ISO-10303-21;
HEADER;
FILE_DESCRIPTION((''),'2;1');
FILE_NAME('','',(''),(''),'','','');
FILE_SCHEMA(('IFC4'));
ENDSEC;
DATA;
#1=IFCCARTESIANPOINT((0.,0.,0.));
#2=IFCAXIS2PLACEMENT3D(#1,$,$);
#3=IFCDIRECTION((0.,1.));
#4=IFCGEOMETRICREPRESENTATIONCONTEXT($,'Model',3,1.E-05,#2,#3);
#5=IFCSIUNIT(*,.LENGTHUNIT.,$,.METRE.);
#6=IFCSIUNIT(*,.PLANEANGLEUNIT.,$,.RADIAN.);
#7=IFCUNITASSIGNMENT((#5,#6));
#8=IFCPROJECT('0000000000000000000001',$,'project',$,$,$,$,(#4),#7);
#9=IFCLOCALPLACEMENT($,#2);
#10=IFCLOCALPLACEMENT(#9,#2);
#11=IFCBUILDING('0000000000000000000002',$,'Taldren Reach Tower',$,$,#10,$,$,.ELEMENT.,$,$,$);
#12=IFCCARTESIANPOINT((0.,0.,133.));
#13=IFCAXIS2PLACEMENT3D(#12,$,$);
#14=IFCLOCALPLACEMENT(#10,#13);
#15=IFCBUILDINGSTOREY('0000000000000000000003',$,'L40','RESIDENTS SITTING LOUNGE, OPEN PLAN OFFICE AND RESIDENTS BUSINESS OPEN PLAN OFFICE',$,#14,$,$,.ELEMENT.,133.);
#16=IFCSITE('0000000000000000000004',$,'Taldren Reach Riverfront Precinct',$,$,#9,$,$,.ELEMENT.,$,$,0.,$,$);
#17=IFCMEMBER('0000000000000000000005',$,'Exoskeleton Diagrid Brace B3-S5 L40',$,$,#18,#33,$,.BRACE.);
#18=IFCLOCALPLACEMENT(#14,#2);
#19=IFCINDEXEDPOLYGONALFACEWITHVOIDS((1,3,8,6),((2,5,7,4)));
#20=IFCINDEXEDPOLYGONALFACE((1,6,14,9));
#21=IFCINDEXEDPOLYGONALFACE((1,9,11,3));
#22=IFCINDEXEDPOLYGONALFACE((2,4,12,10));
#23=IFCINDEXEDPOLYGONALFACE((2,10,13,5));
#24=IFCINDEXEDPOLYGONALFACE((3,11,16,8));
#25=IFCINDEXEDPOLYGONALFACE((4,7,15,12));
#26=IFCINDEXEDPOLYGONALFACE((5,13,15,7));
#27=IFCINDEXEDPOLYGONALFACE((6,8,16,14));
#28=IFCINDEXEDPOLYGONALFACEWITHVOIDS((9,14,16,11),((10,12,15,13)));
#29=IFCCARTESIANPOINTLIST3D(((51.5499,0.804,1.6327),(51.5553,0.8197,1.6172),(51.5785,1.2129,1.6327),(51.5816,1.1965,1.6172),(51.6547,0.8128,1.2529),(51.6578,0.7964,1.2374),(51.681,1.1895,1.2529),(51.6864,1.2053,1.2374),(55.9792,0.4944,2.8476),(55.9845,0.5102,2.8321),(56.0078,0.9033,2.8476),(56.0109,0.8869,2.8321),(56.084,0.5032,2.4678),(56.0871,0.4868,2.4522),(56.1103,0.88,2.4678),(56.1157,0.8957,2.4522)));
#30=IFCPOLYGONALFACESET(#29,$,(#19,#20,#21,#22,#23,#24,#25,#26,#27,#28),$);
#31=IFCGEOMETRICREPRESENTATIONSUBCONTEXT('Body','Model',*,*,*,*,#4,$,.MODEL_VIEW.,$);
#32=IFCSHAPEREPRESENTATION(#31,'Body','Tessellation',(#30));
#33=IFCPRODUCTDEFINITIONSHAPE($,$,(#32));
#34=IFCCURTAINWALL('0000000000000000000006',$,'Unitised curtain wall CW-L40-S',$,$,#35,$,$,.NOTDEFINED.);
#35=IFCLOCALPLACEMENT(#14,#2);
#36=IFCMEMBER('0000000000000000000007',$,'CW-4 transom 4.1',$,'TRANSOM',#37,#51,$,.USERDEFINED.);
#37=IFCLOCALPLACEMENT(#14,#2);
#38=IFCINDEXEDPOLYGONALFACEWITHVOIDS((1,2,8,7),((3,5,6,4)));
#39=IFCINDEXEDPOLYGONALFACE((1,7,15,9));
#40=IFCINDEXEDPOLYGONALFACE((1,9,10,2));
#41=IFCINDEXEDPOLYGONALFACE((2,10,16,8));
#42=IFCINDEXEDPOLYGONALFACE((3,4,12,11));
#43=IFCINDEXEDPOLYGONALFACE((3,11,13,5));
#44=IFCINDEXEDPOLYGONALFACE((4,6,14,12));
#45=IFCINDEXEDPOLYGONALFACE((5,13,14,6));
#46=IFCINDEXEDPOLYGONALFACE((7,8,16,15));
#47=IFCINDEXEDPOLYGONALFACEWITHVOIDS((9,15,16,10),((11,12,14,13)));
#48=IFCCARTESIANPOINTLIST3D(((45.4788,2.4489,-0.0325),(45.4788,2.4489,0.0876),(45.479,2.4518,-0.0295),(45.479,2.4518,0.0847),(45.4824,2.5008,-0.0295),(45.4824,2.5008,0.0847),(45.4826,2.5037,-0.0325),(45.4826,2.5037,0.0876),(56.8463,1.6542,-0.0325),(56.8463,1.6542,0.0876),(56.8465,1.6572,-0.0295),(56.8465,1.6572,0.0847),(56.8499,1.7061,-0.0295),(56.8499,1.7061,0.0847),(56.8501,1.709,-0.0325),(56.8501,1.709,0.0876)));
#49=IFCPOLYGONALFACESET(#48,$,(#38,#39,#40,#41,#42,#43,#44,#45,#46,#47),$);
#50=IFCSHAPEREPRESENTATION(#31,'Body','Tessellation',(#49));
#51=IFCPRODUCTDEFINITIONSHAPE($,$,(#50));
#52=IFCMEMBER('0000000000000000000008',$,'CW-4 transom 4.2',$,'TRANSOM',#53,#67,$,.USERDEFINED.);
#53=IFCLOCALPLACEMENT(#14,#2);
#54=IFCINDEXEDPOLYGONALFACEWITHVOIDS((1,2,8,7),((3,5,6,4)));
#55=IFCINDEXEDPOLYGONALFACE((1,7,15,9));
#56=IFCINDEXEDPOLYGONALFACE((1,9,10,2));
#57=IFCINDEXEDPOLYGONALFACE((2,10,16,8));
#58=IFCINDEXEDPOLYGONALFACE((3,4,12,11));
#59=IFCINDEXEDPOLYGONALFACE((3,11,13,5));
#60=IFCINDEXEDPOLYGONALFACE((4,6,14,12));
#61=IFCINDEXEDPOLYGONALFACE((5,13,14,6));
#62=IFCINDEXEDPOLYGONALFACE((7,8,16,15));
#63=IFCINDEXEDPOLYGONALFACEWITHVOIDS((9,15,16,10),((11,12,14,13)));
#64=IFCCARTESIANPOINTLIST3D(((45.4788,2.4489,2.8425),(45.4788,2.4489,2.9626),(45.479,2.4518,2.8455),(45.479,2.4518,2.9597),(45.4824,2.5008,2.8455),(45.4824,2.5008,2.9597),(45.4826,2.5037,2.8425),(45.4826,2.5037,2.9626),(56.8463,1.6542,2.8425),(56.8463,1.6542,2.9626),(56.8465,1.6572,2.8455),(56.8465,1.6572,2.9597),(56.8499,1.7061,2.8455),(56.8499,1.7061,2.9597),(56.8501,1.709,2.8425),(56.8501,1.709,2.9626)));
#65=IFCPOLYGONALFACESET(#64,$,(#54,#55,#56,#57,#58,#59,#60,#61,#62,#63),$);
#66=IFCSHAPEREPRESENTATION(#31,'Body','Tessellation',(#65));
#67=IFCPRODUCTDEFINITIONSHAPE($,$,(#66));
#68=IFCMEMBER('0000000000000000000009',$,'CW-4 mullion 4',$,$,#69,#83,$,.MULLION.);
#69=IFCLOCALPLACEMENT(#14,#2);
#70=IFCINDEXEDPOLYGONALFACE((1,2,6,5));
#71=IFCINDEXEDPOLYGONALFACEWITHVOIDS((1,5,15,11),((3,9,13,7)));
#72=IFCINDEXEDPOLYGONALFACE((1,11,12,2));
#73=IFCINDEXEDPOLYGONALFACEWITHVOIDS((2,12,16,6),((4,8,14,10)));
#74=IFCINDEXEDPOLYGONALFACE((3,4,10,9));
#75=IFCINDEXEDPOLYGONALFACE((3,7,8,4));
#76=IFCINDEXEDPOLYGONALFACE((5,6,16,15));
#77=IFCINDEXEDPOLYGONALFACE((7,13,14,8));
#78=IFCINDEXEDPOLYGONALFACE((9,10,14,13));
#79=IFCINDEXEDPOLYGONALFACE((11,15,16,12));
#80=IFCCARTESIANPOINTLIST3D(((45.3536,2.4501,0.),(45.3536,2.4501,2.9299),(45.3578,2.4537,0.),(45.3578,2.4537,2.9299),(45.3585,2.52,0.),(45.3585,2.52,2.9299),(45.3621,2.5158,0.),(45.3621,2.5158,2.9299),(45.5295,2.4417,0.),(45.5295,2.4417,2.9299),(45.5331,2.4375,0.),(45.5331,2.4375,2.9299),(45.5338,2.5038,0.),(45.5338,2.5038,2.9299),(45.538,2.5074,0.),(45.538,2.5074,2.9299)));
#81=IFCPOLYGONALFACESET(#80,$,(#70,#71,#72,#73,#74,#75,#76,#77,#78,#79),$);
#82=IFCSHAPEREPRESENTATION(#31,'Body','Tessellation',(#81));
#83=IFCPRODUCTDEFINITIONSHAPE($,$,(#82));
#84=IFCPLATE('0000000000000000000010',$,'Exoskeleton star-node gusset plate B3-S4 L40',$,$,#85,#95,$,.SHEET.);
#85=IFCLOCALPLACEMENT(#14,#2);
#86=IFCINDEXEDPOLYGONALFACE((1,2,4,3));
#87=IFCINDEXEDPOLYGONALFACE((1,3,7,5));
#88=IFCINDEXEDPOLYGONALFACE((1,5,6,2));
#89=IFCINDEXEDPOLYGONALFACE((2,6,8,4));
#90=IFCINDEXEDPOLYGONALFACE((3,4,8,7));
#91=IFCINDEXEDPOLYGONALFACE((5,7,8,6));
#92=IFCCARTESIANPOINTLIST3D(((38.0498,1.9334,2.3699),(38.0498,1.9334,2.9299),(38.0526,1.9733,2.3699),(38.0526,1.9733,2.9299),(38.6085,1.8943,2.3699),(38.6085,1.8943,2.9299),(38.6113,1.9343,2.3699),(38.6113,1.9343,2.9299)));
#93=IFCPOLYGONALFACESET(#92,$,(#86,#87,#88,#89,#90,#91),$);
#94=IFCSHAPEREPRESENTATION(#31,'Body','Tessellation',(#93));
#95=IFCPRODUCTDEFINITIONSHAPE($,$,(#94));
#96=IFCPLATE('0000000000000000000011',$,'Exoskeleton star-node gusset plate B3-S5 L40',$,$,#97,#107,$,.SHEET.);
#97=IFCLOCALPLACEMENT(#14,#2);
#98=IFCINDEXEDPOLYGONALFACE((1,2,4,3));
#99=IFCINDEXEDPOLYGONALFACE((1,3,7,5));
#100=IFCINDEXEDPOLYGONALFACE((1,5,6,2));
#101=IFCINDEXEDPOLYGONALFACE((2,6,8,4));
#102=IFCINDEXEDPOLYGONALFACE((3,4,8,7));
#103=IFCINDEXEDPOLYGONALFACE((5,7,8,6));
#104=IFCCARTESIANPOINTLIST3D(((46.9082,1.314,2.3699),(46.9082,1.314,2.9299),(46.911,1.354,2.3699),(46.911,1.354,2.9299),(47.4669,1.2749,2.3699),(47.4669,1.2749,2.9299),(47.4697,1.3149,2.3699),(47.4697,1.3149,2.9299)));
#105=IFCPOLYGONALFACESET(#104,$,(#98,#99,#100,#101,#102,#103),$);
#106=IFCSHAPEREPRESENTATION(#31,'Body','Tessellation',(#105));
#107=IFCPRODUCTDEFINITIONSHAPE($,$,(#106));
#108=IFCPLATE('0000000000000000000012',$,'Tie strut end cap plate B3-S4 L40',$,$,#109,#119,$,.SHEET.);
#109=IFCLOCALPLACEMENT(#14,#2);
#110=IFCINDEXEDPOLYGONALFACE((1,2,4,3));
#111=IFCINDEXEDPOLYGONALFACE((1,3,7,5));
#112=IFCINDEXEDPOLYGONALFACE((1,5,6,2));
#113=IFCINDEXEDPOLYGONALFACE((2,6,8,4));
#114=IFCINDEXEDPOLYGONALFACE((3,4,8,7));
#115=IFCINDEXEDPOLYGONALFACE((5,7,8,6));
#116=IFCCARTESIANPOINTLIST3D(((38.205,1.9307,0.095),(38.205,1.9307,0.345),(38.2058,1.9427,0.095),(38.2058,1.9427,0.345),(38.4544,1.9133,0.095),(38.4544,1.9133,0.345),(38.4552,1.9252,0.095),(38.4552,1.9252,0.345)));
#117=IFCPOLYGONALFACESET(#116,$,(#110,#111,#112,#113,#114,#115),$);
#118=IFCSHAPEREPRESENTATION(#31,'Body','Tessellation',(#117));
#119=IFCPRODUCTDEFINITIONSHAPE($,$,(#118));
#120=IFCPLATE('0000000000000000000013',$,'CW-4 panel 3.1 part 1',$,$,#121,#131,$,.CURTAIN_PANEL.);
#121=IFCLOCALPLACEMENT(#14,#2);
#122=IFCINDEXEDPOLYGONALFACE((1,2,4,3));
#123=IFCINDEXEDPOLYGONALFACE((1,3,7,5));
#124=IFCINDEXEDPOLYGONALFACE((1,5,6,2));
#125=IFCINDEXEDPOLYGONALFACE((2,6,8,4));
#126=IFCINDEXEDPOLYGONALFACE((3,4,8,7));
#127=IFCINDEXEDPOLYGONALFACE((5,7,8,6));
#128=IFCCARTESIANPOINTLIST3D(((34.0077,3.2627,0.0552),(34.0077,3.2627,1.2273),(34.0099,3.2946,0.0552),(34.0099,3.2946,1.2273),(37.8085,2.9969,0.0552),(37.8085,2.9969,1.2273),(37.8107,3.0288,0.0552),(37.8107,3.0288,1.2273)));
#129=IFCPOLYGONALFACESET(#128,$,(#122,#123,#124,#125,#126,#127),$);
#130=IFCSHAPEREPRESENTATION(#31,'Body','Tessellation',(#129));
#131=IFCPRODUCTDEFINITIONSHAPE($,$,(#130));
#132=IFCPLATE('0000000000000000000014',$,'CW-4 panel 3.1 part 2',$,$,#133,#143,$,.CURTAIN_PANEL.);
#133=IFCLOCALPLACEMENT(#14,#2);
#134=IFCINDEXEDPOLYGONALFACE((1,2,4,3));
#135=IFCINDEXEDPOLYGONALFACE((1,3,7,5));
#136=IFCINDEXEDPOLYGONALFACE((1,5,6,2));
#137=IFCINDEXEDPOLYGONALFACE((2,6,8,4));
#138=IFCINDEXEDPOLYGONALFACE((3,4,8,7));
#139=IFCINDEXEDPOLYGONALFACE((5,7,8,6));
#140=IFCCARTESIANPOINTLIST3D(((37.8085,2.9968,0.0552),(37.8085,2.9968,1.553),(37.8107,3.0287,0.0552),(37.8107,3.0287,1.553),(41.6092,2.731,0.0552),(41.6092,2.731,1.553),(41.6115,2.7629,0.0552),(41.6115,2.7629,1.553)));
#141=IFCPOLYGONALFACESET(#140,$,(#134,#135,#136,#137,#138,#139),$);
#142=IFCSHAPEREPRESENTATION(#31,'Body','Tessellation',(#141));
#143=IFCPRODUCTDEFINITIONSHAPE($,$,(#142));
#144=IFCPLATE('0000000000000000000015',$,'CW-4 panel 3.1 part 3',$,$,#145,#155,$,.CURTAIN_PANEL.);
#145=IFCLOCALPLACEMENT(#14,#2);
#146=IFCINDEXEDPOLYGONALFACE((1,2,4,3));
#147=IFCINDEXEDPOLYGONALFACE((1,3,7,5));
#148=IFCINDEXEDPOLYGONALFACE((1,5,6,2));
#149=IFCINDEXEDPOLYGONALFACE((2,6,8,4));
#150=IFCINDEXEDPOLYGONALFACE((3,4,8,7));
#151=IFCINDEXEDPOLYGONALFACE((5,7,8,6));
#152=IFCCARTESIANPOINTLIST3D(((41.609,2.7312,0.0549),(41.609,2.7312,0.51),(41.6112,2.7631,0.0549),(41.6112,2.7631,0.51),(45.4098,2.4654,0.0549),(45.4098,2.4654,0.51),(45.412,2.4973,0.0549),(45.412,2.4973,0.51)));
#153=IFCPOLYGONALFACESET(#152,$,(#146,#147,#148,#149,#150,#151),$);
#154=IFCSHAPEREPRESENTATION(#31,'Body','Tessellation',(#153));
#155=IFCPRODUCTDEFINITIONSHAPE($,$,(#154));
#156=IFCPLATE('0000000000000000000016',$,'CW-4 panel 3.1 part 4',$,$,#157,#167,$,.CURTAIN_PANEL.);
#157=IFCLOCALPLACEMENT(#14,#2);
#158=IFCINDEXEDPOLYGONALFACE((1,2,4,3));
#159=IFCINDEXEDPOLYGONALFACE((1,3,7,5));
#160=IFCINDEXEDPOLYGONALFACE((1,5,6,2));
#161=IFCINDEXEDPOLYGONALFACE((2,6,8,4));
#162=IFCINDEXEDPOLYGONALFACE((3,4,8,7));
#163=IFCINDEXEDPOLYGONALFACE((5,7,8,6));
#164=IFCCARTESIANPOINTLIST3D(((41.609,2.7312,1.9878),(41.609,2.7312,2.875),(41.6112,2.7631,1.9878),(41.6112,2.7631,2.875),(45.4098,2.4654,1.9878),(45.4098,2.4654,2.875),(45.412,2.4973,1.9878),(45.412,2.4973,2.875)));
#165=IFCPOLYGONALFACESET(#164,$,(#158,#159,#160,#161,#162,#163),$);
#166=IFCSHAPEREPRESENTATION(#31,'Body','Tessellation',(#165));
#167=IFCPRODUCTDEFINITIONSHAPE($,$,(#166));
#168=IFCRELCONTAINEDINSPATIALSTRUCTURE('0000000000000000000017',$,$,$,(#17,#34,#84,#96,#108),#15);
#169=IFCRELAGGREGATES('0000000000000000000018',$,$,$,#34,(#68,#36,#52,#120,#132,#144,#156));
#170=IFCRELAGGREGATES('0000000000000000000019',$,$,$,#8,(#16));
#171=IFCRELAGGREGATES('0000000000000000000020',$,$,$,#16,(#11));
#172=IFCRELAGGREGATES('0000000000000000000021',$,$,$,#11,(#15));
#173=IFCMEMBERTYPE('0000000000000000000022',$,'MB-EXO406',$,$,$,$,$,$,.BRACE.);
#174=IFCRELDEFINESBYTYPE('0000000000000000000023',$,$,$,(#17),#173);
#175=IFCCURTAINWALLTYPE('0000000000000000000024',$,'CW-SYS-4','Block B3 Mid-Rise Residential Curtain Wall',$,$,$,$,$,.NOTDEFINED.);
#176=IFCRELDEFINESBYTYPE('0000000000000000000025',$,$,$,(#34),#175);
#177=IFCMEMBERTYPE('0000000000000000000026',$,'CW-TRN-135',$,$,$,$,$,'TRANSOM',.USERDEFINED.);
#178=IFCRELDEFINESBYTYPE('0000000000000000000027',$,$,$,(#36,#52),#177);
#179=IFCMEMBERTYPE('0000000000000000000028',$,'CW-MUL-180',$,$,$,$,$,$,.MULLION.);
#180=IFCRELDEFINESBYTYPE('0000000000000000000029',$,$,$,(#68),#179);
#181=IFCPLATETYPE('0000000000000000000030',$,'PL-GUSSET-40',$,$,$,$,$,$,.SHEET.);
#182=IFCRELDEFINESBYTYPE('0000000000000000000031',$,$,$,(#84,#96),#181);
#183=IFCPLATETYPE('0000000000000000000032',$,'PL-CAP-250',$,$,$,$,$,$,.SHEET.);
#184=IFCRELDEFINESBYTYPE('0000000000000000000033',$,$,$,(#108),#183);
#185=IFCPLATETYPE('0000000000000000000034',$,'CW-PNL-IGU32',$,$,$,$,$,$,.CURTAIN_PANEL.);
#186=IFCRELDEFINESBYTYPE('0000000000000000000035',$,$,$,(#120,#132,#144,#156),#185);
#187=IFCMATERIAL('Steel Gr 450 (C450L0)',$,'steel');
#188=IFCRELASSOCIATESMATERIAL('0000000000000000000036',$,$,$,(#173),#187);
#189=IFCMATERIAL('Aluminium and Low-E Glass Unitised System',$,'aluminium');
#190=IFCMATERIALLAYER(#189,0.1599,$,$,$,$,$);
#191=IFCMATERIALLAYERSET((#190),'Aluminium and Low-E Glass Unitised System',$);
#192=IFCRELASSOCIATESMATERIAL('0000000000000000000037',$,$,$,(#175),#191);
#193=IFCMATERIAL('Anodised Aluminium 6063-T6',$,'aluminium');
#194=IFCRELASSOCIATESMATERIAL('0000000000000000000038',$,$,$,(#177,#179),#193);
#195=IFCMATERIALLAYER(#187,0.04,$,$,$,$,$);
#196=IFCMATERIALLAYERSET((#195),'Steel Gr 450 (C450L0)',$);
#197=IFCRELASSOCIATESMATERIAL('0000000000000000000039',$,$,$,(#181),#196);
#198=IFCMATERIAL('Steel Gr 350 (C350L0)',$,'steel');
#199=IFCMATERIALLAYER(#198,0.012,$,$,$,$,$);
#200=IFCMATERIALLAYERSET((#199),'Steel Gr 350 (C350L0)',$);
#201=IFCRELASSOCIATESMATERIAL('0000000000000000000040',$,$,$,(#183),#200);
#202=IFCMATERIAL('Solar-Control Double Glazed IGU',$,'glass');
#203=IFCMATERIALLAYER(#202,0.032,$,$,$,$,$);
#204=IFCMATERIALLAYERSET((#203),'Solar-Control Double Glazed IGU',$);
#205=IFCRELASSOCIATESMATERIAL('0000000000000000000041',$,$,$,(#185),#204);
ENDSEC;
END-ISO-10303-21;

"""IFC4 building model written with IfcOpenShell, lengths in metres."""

from ifc_helpers import new_model, si_unit, direction, frame, origin, origin_2d, place, context, subcontext, project, spatial, rectangle, hollow_rectangle, extrude, source, transform, mapped, material, layer, layer_set, material_profile, profile_set, type_object, element, aggregate, save


model = new_model("IFC4")

# Units and contexts
model_context = context("Model", 3, precision=1e-05, world=origin(), true_north=direction((0.0, 1.0)))
body_context = subcontext(model_context, "Body", "Model", "MODEL_VIEW")
ifc_project = project(units=[si_unit("LENGTHUNIT", "METRE"), si_unit("PLANEANGLEUNIT", "RADIAN")], contexts=[model_context])

# Site, building, storey
site_placement = place(None, origin())
site = spatial("IfcSite", under=ifc_project, at=site_placement, Name="Taldren Reach Riverfront Precinct", CompositionType="ELEMENT", RefElevation=0.0)
building_placement = place(site_placement, origin())
building = spatial("IfcBuilding", under=site, at=building_placement, Name="Taldren Reach Tower", CompositionType="ELEMENT")
storey_placement = place(building_placement, frame((0.0, 0.0, 133.0)))
storey = spatial("IfcBuildingStorey", under=building, at=storey_placement, Name="L40", Description="RESIDENTS SITTING LOUNGE, OPEN PLAN OFFICE AND RESIDENTS BUSINESS OPEN PLAN OFFICE", CompositionType="ELEMENT", Elevation=133.0)

# Shared definitions
ifc_material_1 = material(Name="Steel Gr 450 (C450L0)", Category="steel")
ifc_material_2 = material(Name="Steel Gr 350 (C350L0)", Category="steel")

# Member
ifc_material_profile_1 = material_profile(ifc_material_1, hollow_rectangle(XDim=0.4099, YDim=0.4099, WallThickness=0.0161, at=origin_2d()), Name="410x410x16.0SHS")
ifc_profile_set_1 = profile_set([ifc_material_profile_1], Name="Steel Gr 450 (C450L0)")
member_type_1 = type_object("IfcMemberType", Name="MB-EXO406", PredefinedType="BRACE", material=ifc_profile_set_1)
shared_shape_1 = source(origin(), body_context, "Body", "SweptSolid", [
    extrude(hollow_rectangle(XDim=0.4099, YDim=0.4099, WallThickness=0.0161, at=origin_2d()), origin(), (0.0, 0.0, 1.0), 4.6033),
])
for number, where, z_axis, x_axis, name in (
    (1, (51.6182, 1.0046, 1.4351), (0.962199, -0.067251, 0.263913), (0.069723, 0.997566, 0.0), "Exoskeleton Diagrid Brace B3-S5 L40"),
):
    element("IfcMember", number, at=place(storey_placement, frame(where, z_axis=z_axis, x_axis=x_axis)), inside=storey, type_object=member_type_1, Name=name, PredefinedType="BRACE", context=body_context, shape_type="MappedRepresentation", body=[
        mapped(shared_shape_1, transform((0.0, 0.0, 0.0), scale=1.0)),
    ])

# Curtain wall, members
ifc_material_3 = material(Name="Aluminium and Low-E Glass Unitised System", Category="aluminium")
ifc_layer_1 = layer(ifc_material_3, 0.1599)
ifc_layer_set_1 = layer_set([ifc_layer_1], Name="Aluminium and Low-E Glass Unitised System")
curtain_wall_type = type_object("IfcCurtainWallType", Name="CW-SYS-4", Description="Block B3 Mid-Rise Residential Curtain Wall", PredefinedType="NOTDEFINED", material=ifc_layer_set_1)
curtain_wall_placement = place(storey_placement, origin())
curtain_wall = element("IfcCurtainWall", 2, at=curtain_wall_placement, inside=storey, type_object=curtain_wall_type, Name="Unitised curtain wall CW-L40-S", PredefinedType="NOTDEFINED")
ifc_material_4 = material(Name="Anodised Aluminium 6063-T6", Category="aluminium")
ifc_material_profile_2 = material_profile(ifc_material_4, hollow_rectangle(XDim=0.0549, YDim=0.1201, WallThickness=0.0029, at=origin_2d()), Name="ALU-120x55x3RHS")
ifc_profile_set_2 = profile_set([ifc_material_profile_2], Name="Anodised Aluminium 6063-T6")
member_type_2 = type_object("IfcMemberType", Name="CW-TRN-135", ElementType="TRANSOM", PredefinedType="USERDEFINED", material=ifc_profile_set_2)
shared_shape_2 = source(origin(), body_context, "Body", "SweptSolid", [
    extrude(hollow_rectangle(XDim=0.0549, YDim=0.1201, WallThickness=0.0029, at=origin_2d()), origin(), (0.0, 0.0, 1.0), 11.3953),
])
member_1_placement = place(storey_placement, frame((45.4807, 2.4763, 0.0276), z_axis=(0.997565, -0.069738, 0.0), x_axis=(0.069738, 0.997565, 0.0)))
member_1 = element("IfcMember", 3, at=member_1_placement, type_object=member_type_2, Name="CW-4 transom 4.1", ObjectType="TRANSOM", PredefinedType="USERDEFINED", context=body_context, shape_type="MappedRepresentation", body=[
    mapped(shared_shape_2, transform((0.0, 0.0, 0.0), scale=1.0)),
])
member_2_placement = place(storey_placement, frame((45.4807, 2.4763, 2.9026), z_axis=(0.997565, -0.069738, 0.0), x_axis=(0.069738, 0.997565, 0.0)))
member_2 = element("IfcMember", 4, at=member_2_placement, type_object=member_type_2, Name="CW-4 transom 4.2", ObjectType="TRANSOM", PredefinedType="USERDEFINED", context=body_context, shape_type="MappedRepresentation", body=[
    mapped(shared_shape_2, transform((0.0, 0.0, 0.0), scale=1.0)),
])
ifc_material_profile_3 = material_profile(ifc_material_4, hollow_rectangle(XDim=0.0701, YDim=0.1799, WallThickness=0.0039, at=origin_2d()), Name="ALU-180x70x4RHS")
ifc_profile_set_3 = profile_set([ifc_material_profile_3], Name="Anodised Aluminium 6063-T6")
member_type_3 = type_object("IfcMemberType", Name="CW-MUL-180", PredefinedType="MULLION", material=ifc_profile_set_3)
shared_shape_3 = source(origin(), body_context, "Body", "SweptSolid", [
    extrude(hollow_rectangle(XDim=0.0701, YDim=0.1799, WallThickness=0.0039, at=origin_2d()), origin(), (0.0, 0.0, 1.0), 2.9299),
])
member_3_placement = place(storey_placement, frame((45.4458, 2.4788, 0.0), z_axis=(0.0, 0.0, 1.0), x_axis=(0.069757, 0.997564, 0.0)))
member_3 = element("IfcMember", 5, at=member_3_placement, type_object=member_type_3, Name="CW-4 mullion 4", PredefinedType="MULLION", context=body_context, shape_type="MappedRepresentation", body=[
    mapped(shared_shape_3, transform((0.0, 0.0, 0.0), scale=1.0)),
])

# Plates
ifc_layer_2 = layer(ifc_material_1, 0.04)
ifc_layer_set_2 = layer_set([ifc_layer_2], Name="Steel Gr 450 (C450L0)")
plate_type_1 = type_object("IfcPlateType", Name="PL-GUSSET-40", PredefinedType="SHEET", material=ifc_layer_set_2)
shared_shape_4 = source(origin(), body_context, "Body", "SweptSolid", [
    extrude(rectangle(XDim=0.5601, YDim=0.04, at=origin_2d()), origin(), (0.0, 0.0, 1.0), 0.5601),
])
for number, where, z_axis, x_axis, name in (
    (6, (38.3306, 1.9338, 2.3699), (0.0, 0.0, 1.0), (0.997564, -0.069756, 0.0), "Exoskeleton star-node gusset plate B3-S4 L40"),
    (7, (47.189, 1.3145, 2.3699), (0.0, 0.0, 1.0), (0.997564, -0.069756, 0.0), "Exoskeleton star-node gusset plate B3-S5 L40"),
):
    element("IfcPlate", number, at=place(storey_placement, frame(where, z_axis=z_axis, x_axis=x_axis)), inside=storey, type_object=plate_type_1, Name=name, PredefinedType="SHEET", context=body_context, shape_type="MappedRepresentation", body=[
        mapped(shared_shape_4, transform((0.0, 0.0, 0.0), scale=1.0)),
    ])
ifc_layer_3 = layer(ifc_material_2, 0.012)
ifc_layer_set_3 = layer_set([ifc_layer_3], Name="Steel Gr 350 (C350L0)")
plate_type_2 = type_object("IfcPlateType", Name="PL-CAP-250", PredefinedType="SHEET", material=ifc_layer_set_3)
shared_shape_5 = source(origin(), body_context, "Body", "SweptSolid", [
    extrude(rectangle(XDim=0.25, YDim=0.012, at=origin_2d()), origin(), (0.0, 0.0, 1.0), 0.25),
])
plate_1_placement = place(storey_placement, frame((38.3301, 1.928, 0.095), z_axis=(0.0, 0.0, 1.0), x_axis=(0.997564, -0.069756, 0.0)))
element("IfcPlate", 8, at=plate_1_placement, inside=storey, type_object=plate_type_2, Name="Tie strut end cap plate B3-S4 L40", PredefinedType="SHEET", context=body_context, shape_type="MappedRepresentation", body=[
    mapped(shared_shape_5, transform((0.0, 0.0, 0.0), scale=1.0)),
])

# Plates
ifc_material_5 = material(Name="Solar-Control Double Glazed IGU", Category="glass")
ifc_layer_4 = layer(ifc_material_5, 0.032)
ifc_layer_set_4 = layer_set([ifc_layer_4], Name="Solar-Control Double Glazed IGU")
plate_type_3 = type_object("IfcPlateType", Name="CW-PNL-IGU32", PredefinedType="CURTAIN_PANEL", material=ifc_layer_set_4)
shared_shape_6 = source(origin(), body_context, "Body", "SweptSolid", [
    extrude(rectangle(XDim=3.8101, YDim=0.032, at=origin_2d()), origin(), (0.0, 0.0, 1.0), 1.1721),
])
plate_2_placement = place(storey_placement, frame((35.9092, 3.1458, 0.0552), z_axis=(0.0, 0.0, 1.0), x_axis=(0.997564, -0.069757, 0.0)))
plate_2 = element("IfcPlate", 9, at=plate_2_placement, type_object=plate_type_3, Name="CW-4 panel 3.1 part 1", PredefinedType="CURTAIN_PANEL", context=body_context, shape_type="MappedRepresentation", body=[
    mapped(shared_shape_6, transform((0.0, 0.0, 0.0), scale=1.0)),
])
shared_shape_7 = source(origin(), body_context, "Body", "SweptSolid", [
    extrude(rectangle(XDim=3.8101, YDim=0.032, at=origin_2d()), origin(), (0.0, 0.0, 1.0), 1.4978),
])
plate_3_placement = place(storey_placement, frame((39.71, 2.8799, 0.0552), z_axis=(0.0, 0.0, 1.0), x_axis=(0.997564, -0.069757, 0.0)))
plate_3 = element("IfcPlate", 10, at=plate_3_placement, type_object=plate_type_3, Name="CW-4 panel 3.1 part 2", PredefinedType="CURTAIN_PANEL", context=body_context, shape_type="MappedRepresentation", body=[
    mapped(shared_shape_7, transform((0.0, 0.0, 0.0), scale=1.0)),
])
shared_shape_8 = source(origin(), body_context, "Body", "SweptSolid", [
    extrude(rectangle(XDim=3.8101, YDim=0.032, at=origin_2d()), origin(), (0.0, 0.0, 1.0), 0.4551),
])
plate_4_placement = place(storey_placement, frame((43.5105, 2.6143, 0.0549), z_axis=(0.0, 0.0, 1.0), x_axis=(0.997564, -0.069757, 0.0)))
plate_4 = element("IfcPlate", 11, at=plate_4_placement, type_object=plate_type_3, Name="CW-4 panel 3.1 part 3", PredefinedType="CURTAIN_PANEL", context=body_context, shape_type="MappedRepresentation", body=[
    mapped(shared_shape_8, transform((0.0, 0.0, 0.0), scale=1.0)),
])
shared_shape_9 = source(origin(), body_context, "Body", "SweptSolid", [
    extrude(rectangle(XDim=3.8101, YDim=0.032, at=origin_2d()), origin(), (0.0, 0.0, 1.0), 0.8872),
])
plate_5_placement = place(storey_placement, frame((43.5105, 2.6143, 1.9878), z_axis=(0.0, 0.0, 1.0), x_axis=(0.997564, -0.069757, 0.0)))
plate_5 = element("IfcPlate", 12, at=plate_5_placement, type_object=plate_type_3, Name="CW-4 panel 3.1 part 4", PredefinedType="CURTAIN_PANEL", context=body_context, shape_type="MappedRepresentation", body=[
    mapped(shared_shape_9, transform((0.0, 0.0, 0.0), scale=1.0)),
])
aggregate(curtain_wall, [member_3, member_1, member_2, plate_2, plate_3, plate_4, plate_5])

save(model, "model.ifc")
